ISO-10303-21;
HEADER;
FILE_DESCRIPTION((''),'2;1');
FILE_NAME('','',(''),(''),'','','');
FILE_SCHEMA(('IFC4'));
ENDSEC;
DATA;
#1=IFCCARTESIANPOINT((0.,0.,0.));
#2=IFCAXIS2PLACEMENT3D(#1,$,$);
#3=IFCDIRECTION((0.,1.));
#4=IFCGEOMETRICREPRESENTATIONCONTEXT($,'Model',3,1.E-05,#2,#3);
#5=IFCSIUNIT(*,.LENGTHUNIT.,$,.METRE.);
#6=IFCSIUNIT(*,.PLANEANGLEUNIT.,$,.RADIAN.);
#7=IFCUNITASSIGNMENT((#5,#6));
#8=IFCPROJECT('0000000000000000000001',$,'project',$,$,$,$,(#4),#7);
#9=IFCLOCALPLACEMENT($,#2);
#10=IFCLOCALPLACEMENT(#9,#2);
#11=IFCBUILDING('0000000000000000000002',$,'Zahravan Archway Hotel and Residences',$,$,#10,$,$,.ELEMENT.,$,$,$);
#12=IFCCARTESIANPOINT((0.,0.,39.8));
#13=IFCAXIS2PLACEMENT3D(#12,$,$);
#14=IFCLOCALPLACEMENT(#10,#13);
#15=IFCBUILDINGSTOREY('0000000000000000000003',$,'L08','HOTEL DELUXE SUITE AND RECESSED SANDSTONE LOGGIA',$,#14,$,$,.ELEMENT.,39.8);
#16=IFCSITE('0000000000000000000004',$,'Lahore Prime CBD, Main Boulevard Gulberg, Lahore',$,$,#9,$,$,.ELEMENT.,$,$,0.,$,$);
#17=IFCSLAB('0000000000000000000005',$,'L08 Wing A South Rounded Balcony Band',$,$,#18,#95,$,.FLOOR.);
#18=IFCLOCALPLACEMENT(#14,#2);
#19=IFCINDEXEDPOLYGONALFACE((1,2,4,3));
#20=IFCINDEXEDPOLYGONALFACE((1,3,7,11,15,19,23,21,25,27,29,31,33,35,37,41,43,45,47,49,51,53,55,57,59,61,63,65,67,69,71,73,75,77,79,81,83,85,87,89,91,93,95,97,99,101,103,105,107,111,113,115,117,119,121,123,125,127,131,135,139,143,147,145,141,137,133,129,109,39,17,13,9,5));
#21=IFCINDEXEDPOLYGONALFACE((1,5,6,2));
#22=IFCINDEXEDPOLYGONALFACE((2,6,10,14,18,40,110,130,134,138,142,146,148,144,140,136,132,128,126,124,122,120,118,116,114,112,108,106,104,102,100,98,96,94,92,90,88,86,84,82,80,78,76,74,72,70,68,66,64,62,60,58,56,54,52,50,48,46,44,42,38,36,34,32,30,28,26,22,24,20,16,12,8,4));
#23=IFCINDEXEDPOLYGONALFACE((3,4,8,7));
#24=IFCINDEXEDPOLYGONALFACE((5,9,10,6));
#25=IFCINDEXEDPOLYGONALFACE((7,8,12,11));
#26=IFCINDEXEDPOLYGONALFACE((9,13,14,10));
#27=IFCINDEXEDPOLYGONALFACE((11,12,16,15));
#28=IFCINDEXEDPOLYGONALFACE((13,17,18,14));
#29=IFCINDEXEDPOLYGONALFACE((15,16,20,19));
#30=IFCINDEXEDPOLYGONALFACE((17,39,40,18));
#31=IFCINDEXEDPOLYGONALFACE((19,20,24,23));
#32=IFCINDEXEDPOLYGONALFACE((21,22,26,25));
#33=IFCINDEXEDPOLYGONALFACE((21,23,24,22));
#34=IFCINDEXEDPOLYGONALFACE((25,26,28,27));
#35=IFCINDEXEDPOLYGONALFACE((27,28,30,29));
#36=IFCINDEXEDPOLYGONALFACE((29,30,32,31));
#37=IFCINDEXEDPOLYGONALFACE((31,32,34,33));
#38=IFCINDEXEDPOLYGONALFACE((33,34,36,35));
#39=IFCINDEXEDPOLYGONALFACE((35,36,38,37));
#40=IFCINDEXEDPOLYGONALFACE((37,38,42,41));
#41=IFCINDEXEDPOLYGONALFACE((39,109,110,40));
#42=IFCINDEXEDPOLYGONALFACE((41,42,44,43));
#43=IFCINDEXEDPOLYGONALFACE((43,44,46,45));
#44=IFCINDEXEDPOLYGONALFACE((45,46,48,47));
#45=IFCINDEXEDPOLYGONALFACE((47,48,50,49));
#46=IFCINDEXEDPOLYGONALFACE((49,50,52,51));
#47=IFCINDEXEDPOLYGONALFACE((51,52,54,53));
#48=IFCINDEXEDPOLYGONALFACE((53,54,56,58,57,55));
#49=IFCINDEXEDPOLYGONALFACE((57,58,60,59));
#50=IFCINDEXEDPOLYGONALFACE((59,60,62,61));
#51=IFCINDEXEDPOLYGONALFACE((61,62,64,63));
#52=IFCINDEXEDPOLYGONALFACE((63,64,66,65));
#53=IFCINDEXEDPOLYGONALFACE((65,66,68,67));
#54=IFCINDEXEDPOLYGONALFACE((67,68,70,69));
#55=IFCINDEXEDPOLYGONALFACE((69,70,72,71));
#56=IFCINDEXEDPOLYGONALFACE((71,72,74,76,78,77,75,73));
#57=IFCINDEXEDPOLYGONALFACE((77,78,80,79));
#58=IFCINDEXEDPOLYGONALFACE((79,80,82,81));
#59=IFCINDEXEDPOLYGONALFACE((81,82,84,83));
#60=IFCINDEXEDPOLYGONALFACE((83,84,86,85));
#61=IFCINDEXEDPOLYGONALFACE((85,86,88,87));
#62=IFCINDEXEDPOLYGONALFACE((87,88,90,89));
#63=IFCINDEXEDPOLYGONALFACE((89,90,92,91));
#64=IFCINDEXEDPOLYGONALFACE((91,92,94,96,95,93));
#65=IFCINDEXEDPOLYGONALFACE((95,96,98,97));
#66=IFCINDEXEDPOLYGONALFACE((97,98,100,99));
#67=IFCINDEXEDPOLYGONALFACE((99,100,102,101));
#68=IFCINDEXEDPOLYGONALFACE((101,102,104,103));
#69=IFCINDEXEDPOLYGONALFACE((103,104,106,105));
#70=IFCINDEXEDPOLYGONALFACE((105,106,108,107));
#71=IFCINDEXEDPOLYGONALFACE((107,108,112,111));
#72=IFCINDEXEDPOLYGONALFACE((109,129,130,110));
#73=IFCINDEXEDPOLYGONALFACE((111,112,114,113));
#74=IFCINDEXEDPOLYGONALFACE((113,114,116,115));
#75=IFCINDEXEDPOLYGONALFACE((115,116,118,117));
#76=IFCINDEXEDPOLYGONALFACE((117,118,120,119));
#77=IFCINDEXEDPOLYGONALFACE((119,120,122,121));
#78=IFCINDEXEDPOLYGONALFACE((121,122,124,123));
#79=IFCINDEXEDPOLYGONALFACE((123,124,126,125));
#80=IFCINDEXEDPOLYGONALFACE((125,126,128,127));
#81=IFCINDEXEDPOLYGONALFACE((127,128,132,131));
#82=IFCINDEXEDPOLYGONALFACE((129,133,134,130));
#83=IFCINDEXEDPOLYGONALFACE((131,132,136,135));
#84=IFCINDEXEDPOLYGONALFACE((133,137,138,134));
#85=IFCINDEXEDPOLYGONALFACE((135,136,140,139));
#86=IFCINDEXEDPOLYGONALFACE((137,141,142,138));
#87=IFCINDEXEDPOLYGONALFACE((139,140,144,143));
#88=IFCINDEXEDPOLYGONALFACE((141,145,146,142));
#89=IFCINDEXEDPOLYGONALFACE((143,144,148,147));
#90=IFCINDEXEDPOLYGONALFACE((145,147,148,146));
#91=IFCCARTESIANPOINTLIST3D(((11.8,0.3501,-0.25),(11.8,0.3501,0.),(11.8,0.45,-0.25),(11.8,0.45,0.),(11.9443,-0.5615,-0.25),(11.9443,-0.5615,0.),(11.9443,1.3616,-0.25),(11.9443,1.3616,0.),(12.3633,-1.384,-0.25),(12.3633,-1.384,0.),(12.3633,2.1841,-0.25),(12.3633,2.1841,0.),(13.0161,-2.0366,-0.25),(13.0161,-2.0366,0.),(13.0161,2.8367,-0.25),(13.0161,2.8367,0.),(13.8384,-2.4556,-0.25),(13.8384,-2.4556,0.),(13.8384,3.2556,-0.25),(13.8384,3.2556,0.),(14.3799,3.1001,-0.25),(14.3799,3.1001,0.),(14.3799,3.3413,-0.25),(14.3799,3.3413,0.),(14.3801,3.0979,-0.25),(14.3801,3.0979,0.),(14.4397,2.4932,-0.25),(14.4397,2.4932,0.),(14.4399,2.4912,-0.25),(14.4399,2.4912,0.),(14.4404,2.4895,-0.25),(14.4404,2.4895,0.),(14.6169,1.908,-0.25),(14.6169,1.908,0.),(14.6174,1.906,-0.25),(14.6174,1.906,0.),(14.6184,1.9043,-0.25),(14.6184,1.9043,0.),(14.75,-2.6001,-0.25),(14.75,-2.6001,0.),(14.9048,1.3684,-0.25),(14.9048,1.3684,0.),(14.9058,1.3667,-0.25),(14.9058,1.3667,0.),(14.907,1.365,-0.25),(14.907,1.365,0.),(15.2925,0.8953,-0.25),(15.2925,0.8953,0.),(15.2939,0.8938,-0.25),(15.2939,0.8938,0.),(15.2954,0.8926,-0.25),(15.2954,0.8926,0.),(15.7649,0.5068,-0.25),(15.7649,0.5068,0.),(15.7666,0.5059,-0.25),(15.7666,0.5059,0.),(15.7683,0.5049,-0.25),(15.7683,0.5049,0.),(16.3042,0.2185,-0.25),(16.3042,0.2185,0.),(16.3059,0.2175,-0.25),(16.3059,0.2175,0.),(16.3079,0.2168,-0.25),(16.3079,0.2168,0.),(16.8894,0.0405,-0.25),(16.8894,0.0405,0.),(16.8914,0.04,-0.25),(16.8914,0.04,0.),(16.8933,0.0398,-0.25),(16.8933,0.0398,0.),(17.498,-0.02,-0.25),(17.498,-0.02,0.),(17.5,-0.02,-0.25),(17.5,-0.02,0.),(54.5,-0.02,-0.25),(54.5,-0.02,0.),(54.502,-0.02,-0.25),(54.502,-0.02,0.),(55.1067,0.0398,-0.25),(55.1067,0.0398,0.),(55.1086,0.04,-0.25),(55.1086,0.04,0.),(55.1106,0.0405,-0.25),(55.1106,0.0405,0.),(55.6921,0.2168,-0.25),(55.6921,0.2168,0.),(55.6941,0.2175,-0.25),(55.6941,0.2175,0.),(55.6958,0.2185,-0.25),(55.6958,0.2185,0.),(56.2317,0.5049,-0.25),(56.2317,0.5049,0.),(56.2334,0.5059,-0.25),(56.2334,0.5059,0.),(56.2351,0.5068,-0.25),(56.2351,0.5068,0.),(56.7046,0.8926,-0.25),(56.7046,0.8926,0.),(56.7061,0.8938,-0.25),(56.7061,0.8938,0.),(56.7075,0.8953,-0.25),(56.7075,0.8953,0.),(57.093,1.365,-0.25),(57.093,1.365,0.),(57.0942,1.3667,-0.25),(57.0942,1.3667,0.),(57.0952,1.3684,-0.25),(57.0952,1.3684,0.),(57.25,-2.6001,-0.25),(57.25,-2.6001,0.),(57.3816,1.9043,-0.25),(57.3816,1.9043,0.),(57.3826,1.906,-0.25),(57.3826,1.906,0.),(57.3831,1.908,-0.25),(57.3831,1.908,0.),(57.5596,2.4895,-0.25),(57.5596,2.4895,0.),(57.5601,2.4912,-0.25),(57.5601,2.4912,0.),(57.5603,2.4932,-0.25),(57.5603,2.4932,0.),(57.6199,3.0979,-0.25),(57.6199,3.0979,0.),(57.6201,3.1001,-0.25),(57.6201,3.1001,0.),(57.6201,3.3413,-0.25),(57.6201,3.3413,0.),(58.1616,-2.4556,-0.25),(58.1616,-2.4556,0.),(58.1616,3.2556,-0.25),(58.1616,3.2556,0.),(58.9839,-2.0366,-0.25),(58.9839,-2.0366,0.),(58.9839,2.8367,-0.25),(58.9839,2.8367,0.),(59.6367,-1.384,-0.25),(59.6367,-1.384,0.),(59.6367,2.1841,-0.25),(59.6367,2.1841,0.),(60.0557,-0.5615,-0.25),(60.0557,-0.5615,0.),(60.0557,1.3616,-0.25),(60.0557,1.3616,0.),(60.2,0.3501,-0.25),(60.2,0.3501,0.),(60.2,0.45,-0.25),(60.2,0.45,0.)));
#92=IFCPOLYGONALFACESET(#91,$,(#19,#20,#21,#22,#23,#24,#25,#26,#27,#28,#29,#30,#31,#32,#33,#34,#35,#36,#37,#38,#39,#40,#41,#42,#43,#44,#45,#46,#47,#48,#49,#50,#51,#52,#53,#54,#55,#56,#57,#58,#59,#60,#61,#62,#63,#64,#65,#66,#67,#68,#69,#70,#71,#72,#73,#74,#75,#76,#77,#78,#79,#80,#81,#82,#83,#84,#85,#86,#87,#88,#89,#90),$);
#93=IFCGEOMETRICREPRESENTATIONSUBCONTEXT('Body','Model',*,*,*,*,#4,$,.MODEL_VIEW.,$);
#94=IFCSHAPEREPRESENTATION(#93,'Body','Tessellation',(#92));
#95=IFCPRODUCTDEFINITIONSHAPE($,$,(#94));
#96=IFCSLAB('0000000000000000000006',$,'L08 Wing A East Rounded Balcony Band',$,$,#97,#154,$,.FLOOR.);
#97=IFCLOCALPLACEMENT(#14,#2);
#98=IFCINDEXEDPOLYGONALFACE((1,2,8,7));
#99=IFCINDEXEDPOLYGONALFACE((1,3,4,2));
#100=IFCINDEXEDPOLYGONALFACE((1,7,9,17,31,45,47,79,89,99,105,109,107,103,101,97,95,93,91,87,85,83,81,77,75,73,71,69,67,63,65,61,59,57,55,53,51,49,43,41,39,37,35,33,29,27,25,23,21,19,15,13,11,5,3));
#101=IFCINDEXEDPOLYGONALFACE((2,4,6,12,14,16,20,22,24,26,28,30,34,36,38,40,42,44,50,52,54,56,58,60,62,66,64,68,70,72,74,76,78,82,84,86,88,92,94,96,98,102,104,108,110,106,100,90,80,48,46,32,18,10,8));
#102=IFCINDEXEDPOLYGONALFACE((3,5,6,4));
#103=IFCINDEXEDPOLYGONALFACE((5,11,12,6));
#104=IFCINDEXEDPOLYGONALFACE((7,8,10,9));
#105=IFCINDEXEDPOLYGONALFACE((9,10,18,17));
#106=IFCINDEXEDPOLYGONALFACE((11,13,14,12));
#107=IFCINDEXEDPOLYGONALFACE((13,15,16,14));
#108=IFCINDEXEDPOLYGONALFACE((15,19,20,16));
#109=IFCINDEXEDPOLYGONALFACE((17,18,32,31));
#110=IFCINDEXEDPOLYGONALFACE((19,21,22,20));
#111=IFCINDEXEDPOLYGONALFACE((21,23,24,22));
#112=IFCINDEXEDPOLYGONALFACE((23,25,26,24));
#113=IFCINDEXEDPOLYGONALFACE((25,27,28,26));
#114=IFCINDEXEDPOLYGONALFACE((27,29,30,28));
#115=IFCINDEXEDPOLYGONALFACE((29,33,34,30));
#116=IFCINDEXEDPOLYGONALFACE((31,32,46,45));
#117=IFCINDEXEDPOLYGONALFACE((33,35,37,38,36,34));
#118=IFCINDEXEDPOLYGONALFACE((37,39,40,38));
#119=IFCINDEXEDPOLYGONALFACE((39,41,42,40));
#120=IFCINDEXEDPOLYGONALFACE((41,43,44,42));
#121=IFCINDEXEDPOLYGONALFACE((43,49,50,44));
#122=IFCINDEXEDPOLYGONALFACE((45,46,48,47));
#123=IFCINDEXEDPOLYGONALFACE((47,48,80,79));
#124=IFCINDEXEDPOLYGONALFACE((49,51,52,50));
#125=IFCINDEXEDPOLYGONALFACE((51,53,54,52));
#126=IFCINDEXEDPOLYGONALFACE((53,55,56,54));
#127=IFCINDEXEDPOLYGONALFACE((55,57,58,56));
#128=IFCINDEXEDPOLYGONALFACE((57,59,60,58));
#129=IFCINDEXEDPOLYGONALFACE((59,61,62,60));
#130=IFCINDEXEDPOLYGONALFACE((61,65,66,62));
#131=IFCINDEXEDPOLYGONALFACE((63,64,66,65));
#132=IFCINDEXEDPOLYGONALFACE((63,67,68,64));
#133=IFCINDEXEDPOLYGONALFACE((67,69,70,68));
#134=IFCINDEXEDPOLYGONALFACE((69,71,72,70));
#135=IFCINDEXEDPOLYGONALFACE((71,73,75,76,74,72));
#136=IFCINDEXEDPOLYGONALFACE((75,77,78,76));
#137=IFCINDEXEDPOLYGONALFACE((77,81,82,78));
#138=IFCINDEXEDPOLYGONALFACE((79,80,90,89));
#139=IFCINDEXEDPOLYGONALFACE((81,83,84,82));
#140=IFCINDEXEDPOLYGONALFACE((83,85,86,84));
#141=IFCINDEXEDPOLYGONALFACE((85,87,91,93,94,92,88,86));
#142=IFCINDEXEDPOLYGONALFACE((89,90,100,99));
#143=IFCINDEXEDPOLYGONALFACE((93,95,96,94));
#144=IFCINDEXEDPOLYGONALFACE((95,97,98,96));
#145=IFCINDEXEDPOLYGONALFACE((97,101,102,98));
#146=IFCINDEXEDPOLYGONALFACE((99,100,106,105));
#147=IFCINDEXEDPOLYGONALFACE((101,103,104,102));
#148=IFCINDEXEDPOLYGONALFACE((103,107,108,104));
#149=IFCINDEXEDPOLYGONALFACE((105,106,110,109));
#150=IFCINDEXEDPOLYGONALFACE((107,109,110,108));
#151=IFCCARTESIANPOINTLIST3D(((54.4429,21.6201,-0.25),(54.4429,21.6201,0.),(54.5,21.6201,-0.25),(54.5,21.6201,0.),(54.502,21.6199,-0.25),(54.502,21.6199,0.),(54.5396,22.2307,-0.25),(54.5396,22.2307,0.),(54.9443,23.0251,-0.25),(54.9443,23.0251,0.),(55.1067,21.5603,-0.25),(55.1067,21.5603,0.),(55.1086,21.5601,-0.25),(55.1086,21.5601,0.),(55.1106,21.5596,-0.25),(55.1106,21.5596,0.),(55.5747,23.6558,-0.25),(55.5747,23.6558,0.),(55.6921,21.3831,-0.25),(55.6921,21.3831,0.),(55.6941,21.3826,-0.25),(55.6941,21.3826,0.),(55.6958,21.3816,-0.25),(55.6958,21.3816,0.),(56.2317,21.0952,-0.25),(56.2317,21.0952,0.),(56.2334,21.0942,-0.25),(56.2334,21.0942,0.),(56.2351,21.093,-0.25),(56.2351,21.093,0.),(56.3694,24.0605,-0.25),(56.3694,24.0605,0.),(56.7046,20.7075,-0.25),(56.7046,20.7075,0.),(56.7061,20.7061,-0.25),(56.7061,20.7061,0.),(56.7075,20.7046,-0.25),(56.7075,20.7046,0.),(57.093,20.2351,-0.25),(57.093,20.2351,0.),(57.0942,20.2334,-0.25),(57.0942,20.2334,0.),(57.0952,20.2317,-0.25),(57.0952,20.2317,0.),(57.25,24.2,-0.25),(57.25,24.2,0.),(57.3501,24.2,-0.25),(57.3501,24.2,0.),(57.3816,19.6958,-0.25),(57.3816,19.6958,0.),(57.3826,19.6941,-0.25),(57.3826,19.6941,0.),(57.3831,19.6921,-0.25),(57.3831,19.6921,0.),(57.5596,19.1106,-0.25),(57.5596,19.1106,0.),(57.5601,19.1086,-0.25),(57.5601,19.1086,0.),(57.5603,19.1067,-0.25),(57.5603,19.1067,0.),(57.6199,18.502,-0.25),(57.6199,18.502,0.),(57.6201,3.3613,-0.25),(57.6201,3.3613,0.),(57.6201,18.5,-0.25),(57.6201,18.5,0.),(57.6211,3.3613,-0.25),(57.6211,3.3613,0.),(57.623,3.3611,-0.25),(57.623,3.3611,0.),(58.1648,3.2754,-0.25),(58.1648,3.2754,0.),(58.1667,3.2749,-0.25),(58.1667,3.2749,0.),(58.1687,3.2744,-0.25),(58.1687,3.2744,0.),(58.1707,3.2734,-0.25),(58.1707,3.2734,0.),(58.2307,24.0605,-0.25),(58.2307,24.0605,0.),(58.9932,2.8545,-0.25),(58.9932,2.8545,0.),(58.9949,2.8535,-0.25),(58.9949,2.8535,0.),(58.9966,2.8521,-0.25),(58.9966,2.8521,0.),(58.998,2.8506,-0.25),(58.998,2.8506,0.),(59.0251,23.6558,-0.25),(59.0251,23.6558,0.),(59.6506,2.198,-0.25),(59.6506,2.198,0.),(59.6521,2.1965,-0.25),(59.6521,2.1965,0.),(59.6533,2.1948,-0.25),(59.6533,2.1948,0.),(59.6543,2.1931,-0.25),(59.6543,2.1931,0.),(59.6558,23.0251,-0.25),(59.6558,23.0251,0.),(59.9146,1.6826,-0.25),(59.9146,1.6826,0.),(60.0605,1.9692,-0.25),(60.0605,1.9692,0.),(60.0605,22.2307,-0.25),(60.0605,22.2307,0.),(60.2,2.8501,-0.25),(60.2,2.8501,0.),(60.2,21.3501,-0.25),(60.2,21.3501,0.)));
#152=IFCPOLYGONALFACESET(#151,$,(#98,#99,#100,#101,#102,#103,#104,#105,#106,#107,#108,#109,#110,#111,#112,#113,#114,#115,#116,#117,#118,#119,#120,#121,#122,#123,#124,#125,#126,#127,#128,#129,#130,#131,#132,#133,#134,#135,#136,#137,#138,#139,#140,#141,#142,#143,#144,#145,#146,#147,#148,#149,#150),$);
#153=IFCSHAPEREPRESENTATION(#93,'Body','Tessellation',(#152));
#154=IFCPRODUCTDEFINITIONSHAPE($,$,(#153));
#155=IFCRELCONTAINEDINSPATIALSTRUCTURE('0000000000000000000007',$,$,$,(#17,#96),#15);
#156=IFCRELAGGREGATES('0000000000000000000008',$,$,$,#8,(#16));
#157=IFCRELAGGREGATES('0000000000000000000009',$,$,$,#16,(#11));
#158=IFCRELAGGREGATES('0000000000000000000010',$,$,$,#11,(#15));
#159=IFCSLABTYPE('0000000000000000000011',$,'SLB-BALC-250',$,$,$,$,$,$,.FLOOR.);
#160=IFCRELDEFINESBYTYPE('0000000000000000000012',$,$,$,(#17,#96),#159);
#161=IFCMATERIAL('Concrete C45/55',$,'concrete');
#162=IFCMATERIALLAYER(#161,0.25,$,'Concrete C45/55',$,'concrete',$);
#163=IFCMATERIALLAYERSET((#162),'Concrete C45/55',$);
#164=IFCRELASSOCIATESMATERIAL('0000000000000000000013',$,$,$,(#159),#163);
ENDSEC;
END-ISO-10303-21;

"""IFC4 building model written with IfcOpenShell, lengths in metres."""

from ifc_helpers import new_model, si_unit, direction, frame, origin, place, context, subcontext, project, spatial, polyline, outline, extrude, material, layer, layer_set, type_object, element, save


model = new_model("IFC4")

# Units and contexts
model_context = context("Model", 3, precision=1e-05, world=origin(), true_north=direction((0.0, 1.0)))
body_context = subcontext(model_context, "Body", "Model", "MODEL_VIEW")
ifc_project = project(units=[si_unit("LENGTHUNIT", "METRE"), si_unit("PLANEANGLEUNIT", "RADIAN")], contexts=[model_context])

# Site, building, storey
site_placement = place(None, origin())
site = spatial("IfcSite", under=ifc_project, at=site_placement, Name="Lahore Prime CBD, Main Boulevard Gulberg, Lahore", CompositionType="ELEMENT", RefElevation=0.0)
building_placement = place(site_placement, origin())
building = spatial("IfcBuilding", under=site, at=building_placement, Name="Zahravan Archway Hotel and Residences", CompositionType="ELEMENT")
storey_placement = place(building_placement, frame((0.0, 0.0, 39.8)))
storey = spatial("IfcBuildingStorey", under=building, at=storey_placement, Name="L08", Description="HOTEL DELUXE SUITE AND RECESSED SANDSTONE LOGGIA", CompositionType="ELEMENT", Elevation=39.8)

# Slabs
ifc_material_1 = material(Name="Concrete C45/55", Category="concrete")
ifc_layer_1 = layer(ifc_material_1, 0.25, Name="Concrete C45/55", Category="concrete")
ifc_layer_set_1 = layer_set([ifc_layer_1], Name="Concrete C45/55")
slab_type_1 = type_object("IfcSlabType", Name="SLB-BALC-250", PredefinedType="FLOOR", material=ifc_layer_set_1)
slab_1_placement = place(storey_placement, frame((0.0, 0.0, -0.25)))
element("IfcSlab", 1, at=slab_1_placement, inside=storey, type_object=slab_type_1, Name="L08 Wing A South Rounded Balcony Band", PredefinedType="FLOOR", context=body_context, shape_type="SweptSolid", body=[
    extrude(outline(polyline([(58.1616, 3.2556), (58.9839, 2.8367), (59.6367, 2.1841), (60.0557, 1.3616), (60.2, 0.45), (60.2, 0.3501), (60.0557, -0.5615), (59.6367, -1.384), (58.9839, -2.0366), (58.1616, -2.4556), (57.25, -2.6001), (14.75, -2.6001), (13.8384, -2.4556), (13.0161, -2.0366), (12.3633, -1.384), (11.9443, -0.5615), (11.8, 0.3501), (11.8, 0.45), (11.9443, 1.3616), (12.3633, 2.1841), (13.0161, 2.8367), (13.8384, 3.2556), (14.3799, 3.3413), (14.3799, 3.1001), (14.3801, 3.0979), (14.4397, 2.4932), (14.4399, 2.4912), (14.4404, 2.4895), (14.6169, 1.908), (14.6174, 1.906), (14.6184, 1.9043), (14.9048, 1.3684), (14.9058, 1.3667), (14.907, 1.365), (15.2925, 0.8953), (15.2939, 0.8938), (15.2954, 0.8926), (15.7649, 0.5068), (15.7666, 0.5059), (15.7683, 0.5049), (16.3042, 0.2185), (16.3059, 0.2175), (16.3079, 0.2168), (16.8894, 0.0405), (16.8914, 0.04), (16.8933, 0.0398), (17.498, -0.02), (17.5, -0.02), (54.5, -0.02), (54.502, -0.02), (55.1067, 0.0398), (55.1086, 0.04), (55.1106, 0.0405), (55.6921, 0.2168), (55.6941, 0.2175), (55.6958, 0.2185), (56.2317, 0.5049), (56.2334, 0.5059), (56.2351, 0.5068), (56.7046, 0.8926), (56.7061, 0.8938), (56.7075, 0.8953), (57.093, 1.365), (57.0942, 1.3667), (57.0952, 1.3684), (57.3816, 1.9043), (57.3826, 1.906), (57.3831, 1.908), (57.5596, 2.4895), (57.5601, 2.4912), (57.5603, 2.4932), (57.6199, 3.0979), (57.6201, 3.1001), (57.6201, 3.3413), (58.1616, 3.2556)])), origin(), (0.0, 0.0, 1.0), 0.25),
])
slab_2_placement = place(storey_placement, frame((0.0, 0.0, -0.25)))
element("IfcSlab", 2, at=slab_2_placement, inside=storey, type_object=slab_type_1, Name="L08 Wing A East Rounded Balcony Band", PredefinedType="FLOOR", context=body_context, shape_type="SweptSolid", body=[
    extrude(outline(polyline([(54.5396, 22.2307), (54.9443, 23.0251), (55.5747, 23.6558), (56.3694, 24.0605), (57.25, 24.2), (57.3501, 24.2), (58.2307, 24.0605), (59.0251, 23.6558), (59.6558, 23.0251), (60.0605, 22.2307), (60.2, 21.3501), (60.2, 2.8501), (60.0605, 1.9692), (59.9146, 1.6826), (59.6543, 2.1931), (59.6533, 2.1948), (59.6521, 2.1965), (59.6506, 2.198), (58.998, 2.8506), (58.9966, 2.8521), (58.9949, 2.8535), (58.9932, 2.8545), (58.1707, 3.2734), (58.1687, 3.2744), (58.1667, 3.2749), (58.1648, 3.2754), (57.623, 3.3611), (57.6211, 3.3613), (57.6201, 3.3613), (57.6201, 18.5), (57.6199, 18.502), (57.5603, 19.1067), (57.5601, 19.1086), (57.5596, 19.1106), (57.3831, 19.6921), (57.3826, 19.6941), (57.3816, 19.6958), (57.0952, 20.2317), (57.0942, 20.2334), (57.093, 20.2351), (56.7075, 20.7046), (56.7061, 20.7061), (56.7046, 20.7075), (56.2351, 21.093), (56.2334, 21.0942), (56.2317, 21.0952), (55.6958, 21.3816), (55.6941, 21.3826), (55.6921, 21.3831), (55.1106, 21.5596), (55.1086, 21.5601), (55.1067, 21.5603), (54.502, 21.6199), (54.5, 21.6201), (54.4429, 21.6201), (54.5396, 22.2307)])), origin(), (0.0, 0.0, 1.0), 0.25),
])

save(model, "model.ifc")
